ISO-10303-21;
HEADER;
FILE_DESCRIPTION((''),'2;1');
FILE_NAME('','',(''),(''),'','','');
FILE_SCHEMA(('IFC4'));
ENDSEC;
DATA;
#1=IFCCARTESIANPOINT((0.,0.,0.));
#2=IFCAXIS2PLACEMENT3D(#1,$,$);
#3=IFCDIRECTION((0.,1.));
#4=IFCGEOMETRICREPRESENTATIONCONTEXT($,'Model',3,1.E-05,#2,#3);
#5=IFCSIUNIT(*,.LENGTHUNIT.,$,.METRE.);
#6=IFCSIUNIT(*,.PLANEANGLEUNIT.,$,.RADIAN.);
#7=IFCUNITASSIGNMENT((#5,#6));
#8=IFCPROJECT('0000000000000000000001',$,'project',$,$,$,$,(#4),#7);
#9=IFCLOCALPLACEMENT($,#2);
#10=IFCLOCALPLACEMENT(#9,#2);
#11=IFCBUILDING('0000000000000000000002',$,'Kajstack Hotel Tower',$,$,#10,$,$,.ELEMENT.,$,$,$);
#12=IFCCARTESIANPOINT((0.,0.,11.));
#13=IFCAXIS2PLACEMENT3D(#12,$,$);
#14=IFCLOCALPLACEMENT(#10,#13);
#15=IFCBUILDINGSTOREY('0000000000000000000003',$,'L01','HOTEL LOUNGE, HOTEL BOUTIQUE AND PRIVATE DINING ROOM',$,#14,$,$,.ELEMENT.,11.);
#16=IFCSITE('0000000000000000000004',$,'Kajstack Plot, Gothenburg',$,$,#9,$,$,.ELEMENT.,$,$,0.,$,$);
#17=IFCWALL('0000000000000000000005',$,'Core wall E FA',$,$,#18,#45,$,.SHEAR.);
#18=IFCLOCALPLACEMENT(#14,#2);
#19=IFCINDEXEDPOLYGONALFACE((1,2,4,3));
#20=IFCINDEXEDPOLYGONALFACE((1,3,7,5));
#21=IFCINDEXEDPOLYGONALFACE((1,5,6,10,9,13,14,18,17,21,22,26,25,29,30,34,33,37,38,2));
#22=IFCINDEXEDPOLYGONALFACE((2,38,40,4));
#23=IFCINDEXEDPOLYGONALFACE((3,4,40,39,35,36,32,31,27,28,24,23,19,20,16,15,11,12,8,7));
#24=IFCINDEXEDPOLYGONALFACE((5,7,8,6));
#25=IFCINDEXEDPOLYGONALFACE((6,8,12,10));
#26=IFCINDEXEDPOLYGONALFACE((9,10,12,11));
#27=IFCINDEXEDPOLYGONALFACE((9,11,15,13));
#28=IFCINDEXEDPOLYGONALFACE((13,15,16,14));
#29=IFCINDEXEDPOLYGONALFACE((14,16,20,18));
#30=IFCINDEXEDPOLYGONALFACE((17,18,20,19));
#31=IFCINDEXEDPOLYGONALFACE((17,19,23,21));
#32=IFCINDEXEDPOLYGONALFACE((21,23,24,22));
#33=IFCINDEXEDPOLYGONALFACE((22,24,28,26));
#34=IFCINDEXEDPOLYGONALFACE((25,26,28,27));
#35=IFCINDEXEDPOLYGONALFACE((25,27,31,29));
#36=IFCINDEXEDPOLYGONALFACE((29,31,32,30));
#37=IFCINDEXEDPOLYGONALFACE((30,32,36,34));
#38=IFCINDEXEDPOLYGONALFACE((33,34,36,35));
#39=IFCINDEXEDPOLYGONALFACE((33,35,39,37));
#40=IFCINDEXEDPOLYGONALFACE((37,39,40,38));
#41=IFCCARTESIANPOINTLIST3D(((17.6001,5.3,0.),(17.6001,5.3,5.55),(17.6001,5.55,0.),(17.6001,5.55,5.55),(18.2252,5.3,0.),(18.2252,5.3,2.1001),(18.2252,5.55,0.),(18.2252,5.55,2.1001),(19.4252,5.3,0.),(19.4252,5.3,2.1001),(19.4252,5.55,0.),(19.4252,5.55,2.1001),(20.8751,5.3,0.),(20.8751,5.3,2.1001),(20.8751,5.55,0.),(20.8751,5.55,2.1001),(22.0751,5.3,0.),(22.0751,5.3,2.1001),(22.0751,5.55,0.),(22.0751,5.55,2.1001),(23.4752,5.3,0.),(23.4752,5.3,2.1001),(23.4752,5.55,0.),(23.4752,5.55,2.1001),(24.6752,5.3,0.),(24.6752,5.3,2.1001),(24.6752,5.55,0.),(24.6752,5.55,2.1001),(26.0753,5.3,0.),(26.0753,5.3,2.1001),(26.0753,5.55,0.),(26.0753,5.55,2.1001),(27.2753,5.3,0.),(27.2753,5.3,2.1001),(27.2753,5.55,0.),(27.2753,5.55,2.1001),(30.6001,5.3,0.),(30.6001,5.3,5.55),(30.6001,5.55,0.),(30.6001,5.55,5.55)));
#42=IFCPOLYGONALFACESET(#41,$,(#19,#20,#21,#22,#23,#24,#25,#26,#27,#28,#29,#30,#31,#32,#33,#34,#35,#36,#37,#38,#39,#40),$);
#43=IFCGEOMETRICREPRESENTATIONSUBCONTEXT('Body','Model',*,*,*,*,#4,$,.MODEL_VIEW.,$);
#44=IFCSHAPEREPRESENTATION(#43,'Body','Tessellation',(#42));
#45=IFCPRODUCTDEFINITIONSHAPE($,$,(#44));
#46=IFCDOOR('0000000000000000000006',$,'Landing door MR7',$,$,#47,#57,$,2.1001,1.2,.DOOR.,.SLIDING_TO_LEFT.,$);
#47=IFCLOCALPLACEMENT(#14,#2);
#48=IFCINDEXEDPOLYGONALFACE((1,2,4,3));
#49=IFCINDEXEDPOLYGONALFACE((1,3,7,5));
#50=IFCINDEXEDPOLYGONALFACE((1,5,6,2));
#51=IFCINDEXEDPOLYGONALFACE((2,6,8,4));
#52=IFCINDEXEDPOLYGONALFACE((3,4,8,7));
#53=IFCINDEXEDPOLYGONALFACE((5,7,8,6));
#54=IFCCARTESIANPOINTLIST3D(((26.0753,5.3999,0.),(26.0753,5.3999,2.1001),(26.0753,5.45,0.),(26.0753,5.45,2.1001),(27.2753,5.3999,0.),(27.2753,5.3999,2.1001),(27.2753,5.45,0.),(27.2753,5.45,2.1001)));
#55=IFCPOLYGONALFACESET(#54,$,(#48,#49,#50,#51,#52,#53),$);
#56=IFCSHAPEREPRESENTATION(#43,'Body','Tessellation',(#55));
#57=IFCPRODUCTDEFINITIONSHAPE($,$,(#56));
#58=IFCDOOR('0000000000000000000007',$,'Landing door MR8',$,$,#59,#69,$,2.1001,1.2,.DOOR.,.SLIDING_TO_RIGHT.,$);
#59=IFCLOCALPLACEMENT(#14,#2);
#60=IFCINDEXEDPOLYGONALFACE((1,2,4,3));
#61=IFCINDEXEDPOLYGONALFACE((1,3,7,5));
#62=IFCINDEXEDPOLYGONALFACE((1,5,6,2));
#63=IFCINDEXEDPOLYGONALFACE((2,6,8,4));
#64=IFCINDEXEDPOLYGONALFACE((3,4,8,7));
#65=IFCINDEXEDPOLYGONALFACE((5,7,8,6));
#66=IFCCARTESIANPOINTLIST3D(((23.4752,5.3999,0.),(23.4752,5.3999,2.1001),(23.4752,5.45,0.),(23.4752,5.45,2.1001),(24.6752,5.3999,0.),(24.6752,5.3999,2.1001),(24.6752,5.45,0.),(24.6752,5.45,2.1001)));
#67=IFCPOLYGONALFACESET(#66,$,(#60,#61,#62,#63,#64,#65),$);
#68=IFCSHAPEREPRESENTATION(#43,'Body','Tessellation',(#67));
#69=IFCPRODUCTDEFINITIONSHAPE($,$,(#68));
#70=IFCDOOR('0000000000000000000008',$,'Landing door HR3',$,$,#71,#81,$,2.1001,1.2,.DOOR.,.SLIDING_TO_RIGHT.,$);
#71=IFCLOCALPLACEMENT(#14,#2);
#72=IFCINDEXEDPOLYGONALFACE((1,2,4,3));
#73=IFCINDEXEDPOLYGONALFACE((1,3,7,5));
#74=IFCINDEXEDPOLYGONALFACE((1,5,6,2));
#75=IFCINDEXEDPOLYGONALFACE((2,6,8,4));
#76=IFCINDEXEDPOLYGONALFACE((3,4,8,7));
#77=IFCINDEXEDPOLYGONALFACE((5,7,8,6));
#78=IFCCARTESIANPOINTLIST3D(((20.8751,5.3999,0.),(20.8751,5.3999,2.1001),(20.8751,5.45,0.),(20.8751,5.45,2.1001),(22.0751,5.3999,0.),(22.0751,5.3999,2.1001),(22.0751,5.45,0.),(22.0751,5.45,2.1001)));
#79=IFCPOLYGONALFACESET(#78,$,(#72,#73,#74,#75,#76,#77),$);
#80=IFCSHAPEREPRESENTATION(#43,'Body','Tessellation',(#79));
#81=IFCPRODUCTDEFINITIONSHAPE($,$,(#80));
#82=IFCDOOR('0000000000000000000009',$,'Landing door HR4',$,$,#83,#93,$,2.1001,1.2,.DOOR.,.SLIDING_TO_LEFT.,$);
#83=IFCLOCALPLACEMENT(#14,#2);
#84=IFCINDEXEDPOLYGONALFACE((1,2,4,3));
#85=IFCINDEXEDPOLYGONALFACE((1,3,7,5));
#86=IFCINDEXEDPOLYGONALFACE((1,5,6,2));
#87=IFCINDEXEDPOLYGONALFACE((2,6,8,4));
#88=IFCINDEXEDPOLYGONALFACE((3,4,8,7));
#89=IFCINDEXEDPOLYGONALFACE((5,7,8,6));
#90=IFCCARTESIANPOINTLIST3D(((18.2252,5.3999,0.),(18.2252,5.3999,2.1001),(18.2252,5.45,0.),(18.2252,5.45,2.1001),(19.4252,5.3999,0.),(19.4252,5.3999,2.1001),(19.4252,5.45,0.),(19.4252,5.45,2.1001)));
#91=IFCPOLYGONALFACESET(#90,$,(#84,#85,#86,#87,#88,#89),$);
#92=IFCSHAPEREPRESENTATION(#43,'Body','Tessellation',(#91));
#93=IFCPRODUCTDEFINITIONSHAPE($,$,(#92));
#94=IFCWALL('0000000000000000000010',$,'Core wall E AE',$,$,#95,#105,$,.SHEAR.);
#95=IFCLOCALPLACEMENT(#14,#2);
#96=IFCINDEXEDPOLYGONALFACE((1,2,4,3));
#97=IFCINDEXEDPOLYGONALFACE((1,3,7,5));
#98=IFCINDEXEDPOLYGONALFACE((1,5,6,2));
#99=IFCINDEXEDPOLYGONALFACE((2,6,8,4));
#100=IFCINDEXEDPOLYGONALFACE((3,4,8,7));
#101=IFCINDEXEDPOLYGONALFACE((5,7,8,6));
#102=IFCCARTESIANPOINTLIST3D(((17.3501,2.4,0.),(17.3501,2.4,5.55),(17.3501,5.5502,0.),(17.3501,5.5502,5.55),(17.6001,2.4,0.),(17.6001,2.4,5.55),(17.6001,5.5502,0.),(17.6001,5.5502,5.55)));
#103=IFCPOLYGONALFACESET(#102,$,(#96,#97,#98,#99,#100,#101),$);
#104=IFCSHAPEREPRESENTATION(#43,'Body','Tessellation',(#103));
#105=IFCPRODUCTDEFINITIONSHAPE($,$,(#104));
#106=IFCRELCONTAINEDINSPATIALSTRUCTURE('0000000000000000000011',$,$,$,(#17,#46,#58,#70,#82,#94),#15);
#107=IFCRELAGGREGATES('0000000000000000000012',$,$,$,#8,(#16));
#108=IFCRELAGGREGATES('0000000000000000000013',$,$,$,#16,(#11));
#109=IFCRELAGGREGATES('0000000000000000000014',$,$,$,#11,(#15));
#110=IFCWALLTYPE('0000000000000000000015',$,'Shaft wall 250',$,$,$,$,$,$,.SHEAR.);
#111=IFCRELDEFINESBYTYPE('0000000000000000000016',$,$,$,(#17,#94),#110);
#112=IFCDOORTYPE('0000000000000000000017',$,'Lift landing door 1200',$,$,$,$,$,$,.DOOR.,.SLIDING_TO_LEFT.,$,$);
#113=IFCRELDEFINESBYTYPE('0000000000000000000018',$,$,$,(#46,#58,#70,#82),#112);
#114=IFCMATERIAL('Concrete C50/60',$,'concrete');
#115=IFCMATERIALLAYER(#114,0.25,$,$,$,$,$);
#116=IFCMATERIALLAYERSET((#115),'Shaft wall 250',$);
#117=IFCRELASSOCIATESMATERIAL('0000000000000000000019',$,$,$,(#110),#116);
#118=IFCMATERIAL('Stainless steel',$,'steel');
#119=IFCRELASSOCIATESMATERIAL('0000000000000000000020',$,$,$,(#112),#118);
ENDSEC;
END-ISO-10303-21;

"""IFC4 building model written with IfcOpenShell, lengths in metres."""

from ifc_helpers import new_model, si_unit, direction, frame, frame_2d, origin, place, context, subcontext, project, spatial, rectangle, extrude, material, layer, layer_set, type_object, element, fill, save


model = new_model("IFC4")

# Units and contexts
model_context = context("Model", 3, precision=1e-05, world=origin(), true_north=direction((0.0, 1.0)))
body_context = subcontext(model_context, "Body", "Model", "MODEL_VIEW")
ifc_project = project(units=[si_unit("LENGTHUNIT", "METRE"), si_unit("PLANEANGLEUNIT", "RADIAN")], contexts=[model_context])

# Site, building, storey
site_placement = place(None, origin())
site = spatial("IfcSite", under=ifc_project, at=site_placement, Name="Kajstack Plot, Gothenburg", CompositionType="ELEMENT", RefElevation=0.0)
building_placement = place(site_placement, origin())
building = spatial("IfcBuilding", under=site, at=building_placement, Name="Kajstack Hotel Tower", CompositionType="ELEMENT")
storey_placement = place(building_placement, frame((0.0, 0.0, 11.0)))
storey = spatial("IfcBuildingStorey", under=building, at=storey_placement, Name="L01", Description="HOTEL LOUNGE, HOTEL BOUTIQUE AND PRIVATE DINING ROOM", CompositionType="ELEMENT", Elevation=11.0)

# Wall, openings, doors
ifc_material_1 = material(Name="Concrete C50/60", Category="concrete")
ifc_layer_1 = layer(ifc_material_1, 0.25)
ifc_layer_set_1 = layer_set([ifc_layer_1], Name="Shaft wall 250")
wall_type_1 = type_object("IfcWallType", Name="Shaft wall 250", PredefinedType="SHEAR", material=ifc_layer_set_1)
wall_1_placement = place(storey_placement, frame((17.6001, 5.425, 0.0), z_axis=(0.0, 0.0, 1.0), x_axis=(1.0, 0.0, 0.0)))
wall_1 = element("IfcWall", 1, at=wall_1_placement, inside=storey, type_object=wall_type_1, Name="Core wall E FA", PredefinedType="SHEAR", context=body_context, shape_type="SweptSolid", body=[
    extrude(rectangle(XDim=13.0, YDim=0.25, at=frame_2d((6.5, 0.0))), origin(), (0.0, 0.0, 1.0), 5.55),
])
opening_1_placement = place(wall_1_placement, frame((8.4751, 0.0, 0.0)))
opening_1 = element("IfcOpeningElement", 2, at=opening_1_placement, cuts=wall_1, PredefinedType="OPENING", context=body_context, shape_type="SweptSolid", body=[
    extrude(rectangle(XDim=1.2, YDim=2.1001, at=frame_2d((0.6001, 1.05))), frame((0.0, 0.135, 0.0), z_axis=(0.0, -1.0, 0.0), x_axis=(1.0, 0.0, 0.0)), (0.0, 0.0, 1.0), 0.27),
])
opening_2_placement = place(wall_1_placement, frame((5.875, 0.0, 0.0)))
opening_2 = element("IfcOpeningElement", 3, at=opening_2_placement, cuts=wall_1, PredefinedType="OPENING", context=body_context, shape_type="SweptSolid", body=[
    extrude(rectangle(XDim=1.2, YDim=2.1001, at=frame_2d((0.6001, 1.05))), frame((0.0, 0.135, 0.0), z_axis=(0.0, -1.0, 0.0), x_axis=(1.0, 0.0, 0.0)), (0.0, 0.0, 1.0), 0.27),
])
opening_3_placement = place(wall_1_placement, frame((3.2749, 0.0, 0.0)))
opening_3 = element("IfcOpeningElement", 4, at=opening_3_placement, cuts=wall_1, PredefinedType="OPENING", context=body_context, shape_type="SweptSolid", body=[
    extrude(rectangle(XDim=1.2, YDim=2.1001, at=frame_2d((0.6001, 1.05))), frame((0.0, 0.135, 0.0), z_axis=(0.0, -1.0, 0.0), x_axis=(1.0, 0.0, 0.0)), (0.0, 0.0, 1.0), 0.27),
])
opening_4_placement = place(wall_1_placement, frame((0.625, 0.0, 0.0)))
opening_4 = element("IfcOpeningElement", 5, at=opening_4_placement, cuts=wall_1, PredefinedType="OPENING", context=body_context, shape_type="SweptSolid", body=[
    extrude(rectangle(XDim=1.2, YDim=2.1001, at=frame_2d((0.6001, 1.05))), frame((0.0, 0.135, 0.0), z_axis=(0.0, -1.0, 0.0), x_axis=(1.0, 0.0, 0.0)), (0.0, 0.0, 1.0), 0.27),
])
ifc_material_2 = material(Name="Stainless steel", Category="steel")
door_type_1 = type_object("IfcDoorType", Name="Lift landing door 1200", OperationType="SLIDING_TO_LEFT", PredefinedType="DOOR", material=ifc_material_2)
door_1_placement = place(opening_1_placement, origin())
door_1 = element("IfcDoor", 6, at=door_1_placement, inside=storey, type_object=door_type_1, Name="Landing door MR7", OperationType="SLIDING_TO_LEFT", OverallHeight=2.1001, OverallWidth=1.2, PredefinedType="DOOR", context=body_context, shape_type="SweptSolid", body=[
    extrude(rectangle(XDim=1.2, YDim=2.1001, at=frame_2d((0.6001, 1.05))), frame((0.0, 0.0249, 0.0), z_axis=(0.0, -1.0, 0.0), x_axis=(1.0, 0.0, 0.0)), (0.0, 0.0, 1.0), 0.05),
])
fill(opening_1, door_1)
door_2_placement = place(opening_2_placement, origin())
door_2 = element("IfcDoor", 7, at=door_2_placement, inside=storey, type_object=door_type_1, Name="Landing door MR8", OperationType="SLIDING_TO_RIGHT", OverallHeight=2.1001, OverallWidth=1.2, PredefinedType="DOOR", context=body_context, shape_type="SweptSolid", body=[
    extrude(rectangle(XDim=1.2, YDim=2.1001, at=frame_2d((0.6001, 1.05))), frame((0.0, 0.0249, 0.0), z_axis=(0.0, -1.0, 0.0), x_axis=(1.0, 0.0, 0.0)), (0.0, 0.0, 1.0), 0.05),
])
fill(opening_2, door_2)
door_3_placement = place(opening_3_placement, origin())
door_3 = element("IfcDoor", 8, at=door_3_placement, inside=storey, type_object=door_type_1, Name="Landing door HR3", OperationType="SLIDING_TO_RIGHT", OverallHeight=2.1001, OverallWidth=1.2, PredefinedType="DOOR", context=body_context, shape_type="SweptSolid", body=[
    extrude(rectangle(XDim=1.2, YDim=2.1001, at=frame_2d((0.6001, 1.05))), frame((0.0, 0.0249, 0.0), z_axis=(0.0, -1.0, 0.0), x_axis=(1.0, 0.0, 0.0)), (0.0, 0.0, 1.0), 0.05),
])
fill(opening_3, door_3)
door_4_placement = place(opening_4_placement, origin())
door_4 = element("IfcDoor", 9, at=door_4_placement, inside=storey, type_object=door_type_1, Name="Landing door HR4", OperationType="SLIDING_TO_LEFT", OverallHeight=2.1001, OverallWidth=1.2, PredefinedType="DOOR", context=body_context, shape_type="SweptSolid", body=[
    extrude(rectangle(XDim=1.2, YDim=2.1001, at=frame_2d((0.6001, 1.05))), frame((0.0, 0.0249, 0.0), z_axis=(0.0, -1.0, 0.0), x_axis=(1.0, 0.0, 0.0)), (0.0, 0.0, 1.0), 0.05),
])
fill(opening_4, door_4)

# Wall
wall_2_placement = place(storey_placement, frame((17.4751, 2.3999, 0.0), z_axis=(0.0, 0.0, 1.0), x_axis=(0.0, 1.0, 0.0)))
element("IfcWall", 10, at=wall_2_placement, inside=storey, type_object=wall_type_1, Name="Core wall E AE", PredefinedType="SHEAR", context=body_context, shape_type="SweptSolid", body=[
    extrude(rectangle(XDim=3.1501, YDim=0.25, at=frame_2d((1.5752, 0.0))), origin(), (0.0, 0.0, 1.0), 5.55),
])

save(model, "model.ifc")
